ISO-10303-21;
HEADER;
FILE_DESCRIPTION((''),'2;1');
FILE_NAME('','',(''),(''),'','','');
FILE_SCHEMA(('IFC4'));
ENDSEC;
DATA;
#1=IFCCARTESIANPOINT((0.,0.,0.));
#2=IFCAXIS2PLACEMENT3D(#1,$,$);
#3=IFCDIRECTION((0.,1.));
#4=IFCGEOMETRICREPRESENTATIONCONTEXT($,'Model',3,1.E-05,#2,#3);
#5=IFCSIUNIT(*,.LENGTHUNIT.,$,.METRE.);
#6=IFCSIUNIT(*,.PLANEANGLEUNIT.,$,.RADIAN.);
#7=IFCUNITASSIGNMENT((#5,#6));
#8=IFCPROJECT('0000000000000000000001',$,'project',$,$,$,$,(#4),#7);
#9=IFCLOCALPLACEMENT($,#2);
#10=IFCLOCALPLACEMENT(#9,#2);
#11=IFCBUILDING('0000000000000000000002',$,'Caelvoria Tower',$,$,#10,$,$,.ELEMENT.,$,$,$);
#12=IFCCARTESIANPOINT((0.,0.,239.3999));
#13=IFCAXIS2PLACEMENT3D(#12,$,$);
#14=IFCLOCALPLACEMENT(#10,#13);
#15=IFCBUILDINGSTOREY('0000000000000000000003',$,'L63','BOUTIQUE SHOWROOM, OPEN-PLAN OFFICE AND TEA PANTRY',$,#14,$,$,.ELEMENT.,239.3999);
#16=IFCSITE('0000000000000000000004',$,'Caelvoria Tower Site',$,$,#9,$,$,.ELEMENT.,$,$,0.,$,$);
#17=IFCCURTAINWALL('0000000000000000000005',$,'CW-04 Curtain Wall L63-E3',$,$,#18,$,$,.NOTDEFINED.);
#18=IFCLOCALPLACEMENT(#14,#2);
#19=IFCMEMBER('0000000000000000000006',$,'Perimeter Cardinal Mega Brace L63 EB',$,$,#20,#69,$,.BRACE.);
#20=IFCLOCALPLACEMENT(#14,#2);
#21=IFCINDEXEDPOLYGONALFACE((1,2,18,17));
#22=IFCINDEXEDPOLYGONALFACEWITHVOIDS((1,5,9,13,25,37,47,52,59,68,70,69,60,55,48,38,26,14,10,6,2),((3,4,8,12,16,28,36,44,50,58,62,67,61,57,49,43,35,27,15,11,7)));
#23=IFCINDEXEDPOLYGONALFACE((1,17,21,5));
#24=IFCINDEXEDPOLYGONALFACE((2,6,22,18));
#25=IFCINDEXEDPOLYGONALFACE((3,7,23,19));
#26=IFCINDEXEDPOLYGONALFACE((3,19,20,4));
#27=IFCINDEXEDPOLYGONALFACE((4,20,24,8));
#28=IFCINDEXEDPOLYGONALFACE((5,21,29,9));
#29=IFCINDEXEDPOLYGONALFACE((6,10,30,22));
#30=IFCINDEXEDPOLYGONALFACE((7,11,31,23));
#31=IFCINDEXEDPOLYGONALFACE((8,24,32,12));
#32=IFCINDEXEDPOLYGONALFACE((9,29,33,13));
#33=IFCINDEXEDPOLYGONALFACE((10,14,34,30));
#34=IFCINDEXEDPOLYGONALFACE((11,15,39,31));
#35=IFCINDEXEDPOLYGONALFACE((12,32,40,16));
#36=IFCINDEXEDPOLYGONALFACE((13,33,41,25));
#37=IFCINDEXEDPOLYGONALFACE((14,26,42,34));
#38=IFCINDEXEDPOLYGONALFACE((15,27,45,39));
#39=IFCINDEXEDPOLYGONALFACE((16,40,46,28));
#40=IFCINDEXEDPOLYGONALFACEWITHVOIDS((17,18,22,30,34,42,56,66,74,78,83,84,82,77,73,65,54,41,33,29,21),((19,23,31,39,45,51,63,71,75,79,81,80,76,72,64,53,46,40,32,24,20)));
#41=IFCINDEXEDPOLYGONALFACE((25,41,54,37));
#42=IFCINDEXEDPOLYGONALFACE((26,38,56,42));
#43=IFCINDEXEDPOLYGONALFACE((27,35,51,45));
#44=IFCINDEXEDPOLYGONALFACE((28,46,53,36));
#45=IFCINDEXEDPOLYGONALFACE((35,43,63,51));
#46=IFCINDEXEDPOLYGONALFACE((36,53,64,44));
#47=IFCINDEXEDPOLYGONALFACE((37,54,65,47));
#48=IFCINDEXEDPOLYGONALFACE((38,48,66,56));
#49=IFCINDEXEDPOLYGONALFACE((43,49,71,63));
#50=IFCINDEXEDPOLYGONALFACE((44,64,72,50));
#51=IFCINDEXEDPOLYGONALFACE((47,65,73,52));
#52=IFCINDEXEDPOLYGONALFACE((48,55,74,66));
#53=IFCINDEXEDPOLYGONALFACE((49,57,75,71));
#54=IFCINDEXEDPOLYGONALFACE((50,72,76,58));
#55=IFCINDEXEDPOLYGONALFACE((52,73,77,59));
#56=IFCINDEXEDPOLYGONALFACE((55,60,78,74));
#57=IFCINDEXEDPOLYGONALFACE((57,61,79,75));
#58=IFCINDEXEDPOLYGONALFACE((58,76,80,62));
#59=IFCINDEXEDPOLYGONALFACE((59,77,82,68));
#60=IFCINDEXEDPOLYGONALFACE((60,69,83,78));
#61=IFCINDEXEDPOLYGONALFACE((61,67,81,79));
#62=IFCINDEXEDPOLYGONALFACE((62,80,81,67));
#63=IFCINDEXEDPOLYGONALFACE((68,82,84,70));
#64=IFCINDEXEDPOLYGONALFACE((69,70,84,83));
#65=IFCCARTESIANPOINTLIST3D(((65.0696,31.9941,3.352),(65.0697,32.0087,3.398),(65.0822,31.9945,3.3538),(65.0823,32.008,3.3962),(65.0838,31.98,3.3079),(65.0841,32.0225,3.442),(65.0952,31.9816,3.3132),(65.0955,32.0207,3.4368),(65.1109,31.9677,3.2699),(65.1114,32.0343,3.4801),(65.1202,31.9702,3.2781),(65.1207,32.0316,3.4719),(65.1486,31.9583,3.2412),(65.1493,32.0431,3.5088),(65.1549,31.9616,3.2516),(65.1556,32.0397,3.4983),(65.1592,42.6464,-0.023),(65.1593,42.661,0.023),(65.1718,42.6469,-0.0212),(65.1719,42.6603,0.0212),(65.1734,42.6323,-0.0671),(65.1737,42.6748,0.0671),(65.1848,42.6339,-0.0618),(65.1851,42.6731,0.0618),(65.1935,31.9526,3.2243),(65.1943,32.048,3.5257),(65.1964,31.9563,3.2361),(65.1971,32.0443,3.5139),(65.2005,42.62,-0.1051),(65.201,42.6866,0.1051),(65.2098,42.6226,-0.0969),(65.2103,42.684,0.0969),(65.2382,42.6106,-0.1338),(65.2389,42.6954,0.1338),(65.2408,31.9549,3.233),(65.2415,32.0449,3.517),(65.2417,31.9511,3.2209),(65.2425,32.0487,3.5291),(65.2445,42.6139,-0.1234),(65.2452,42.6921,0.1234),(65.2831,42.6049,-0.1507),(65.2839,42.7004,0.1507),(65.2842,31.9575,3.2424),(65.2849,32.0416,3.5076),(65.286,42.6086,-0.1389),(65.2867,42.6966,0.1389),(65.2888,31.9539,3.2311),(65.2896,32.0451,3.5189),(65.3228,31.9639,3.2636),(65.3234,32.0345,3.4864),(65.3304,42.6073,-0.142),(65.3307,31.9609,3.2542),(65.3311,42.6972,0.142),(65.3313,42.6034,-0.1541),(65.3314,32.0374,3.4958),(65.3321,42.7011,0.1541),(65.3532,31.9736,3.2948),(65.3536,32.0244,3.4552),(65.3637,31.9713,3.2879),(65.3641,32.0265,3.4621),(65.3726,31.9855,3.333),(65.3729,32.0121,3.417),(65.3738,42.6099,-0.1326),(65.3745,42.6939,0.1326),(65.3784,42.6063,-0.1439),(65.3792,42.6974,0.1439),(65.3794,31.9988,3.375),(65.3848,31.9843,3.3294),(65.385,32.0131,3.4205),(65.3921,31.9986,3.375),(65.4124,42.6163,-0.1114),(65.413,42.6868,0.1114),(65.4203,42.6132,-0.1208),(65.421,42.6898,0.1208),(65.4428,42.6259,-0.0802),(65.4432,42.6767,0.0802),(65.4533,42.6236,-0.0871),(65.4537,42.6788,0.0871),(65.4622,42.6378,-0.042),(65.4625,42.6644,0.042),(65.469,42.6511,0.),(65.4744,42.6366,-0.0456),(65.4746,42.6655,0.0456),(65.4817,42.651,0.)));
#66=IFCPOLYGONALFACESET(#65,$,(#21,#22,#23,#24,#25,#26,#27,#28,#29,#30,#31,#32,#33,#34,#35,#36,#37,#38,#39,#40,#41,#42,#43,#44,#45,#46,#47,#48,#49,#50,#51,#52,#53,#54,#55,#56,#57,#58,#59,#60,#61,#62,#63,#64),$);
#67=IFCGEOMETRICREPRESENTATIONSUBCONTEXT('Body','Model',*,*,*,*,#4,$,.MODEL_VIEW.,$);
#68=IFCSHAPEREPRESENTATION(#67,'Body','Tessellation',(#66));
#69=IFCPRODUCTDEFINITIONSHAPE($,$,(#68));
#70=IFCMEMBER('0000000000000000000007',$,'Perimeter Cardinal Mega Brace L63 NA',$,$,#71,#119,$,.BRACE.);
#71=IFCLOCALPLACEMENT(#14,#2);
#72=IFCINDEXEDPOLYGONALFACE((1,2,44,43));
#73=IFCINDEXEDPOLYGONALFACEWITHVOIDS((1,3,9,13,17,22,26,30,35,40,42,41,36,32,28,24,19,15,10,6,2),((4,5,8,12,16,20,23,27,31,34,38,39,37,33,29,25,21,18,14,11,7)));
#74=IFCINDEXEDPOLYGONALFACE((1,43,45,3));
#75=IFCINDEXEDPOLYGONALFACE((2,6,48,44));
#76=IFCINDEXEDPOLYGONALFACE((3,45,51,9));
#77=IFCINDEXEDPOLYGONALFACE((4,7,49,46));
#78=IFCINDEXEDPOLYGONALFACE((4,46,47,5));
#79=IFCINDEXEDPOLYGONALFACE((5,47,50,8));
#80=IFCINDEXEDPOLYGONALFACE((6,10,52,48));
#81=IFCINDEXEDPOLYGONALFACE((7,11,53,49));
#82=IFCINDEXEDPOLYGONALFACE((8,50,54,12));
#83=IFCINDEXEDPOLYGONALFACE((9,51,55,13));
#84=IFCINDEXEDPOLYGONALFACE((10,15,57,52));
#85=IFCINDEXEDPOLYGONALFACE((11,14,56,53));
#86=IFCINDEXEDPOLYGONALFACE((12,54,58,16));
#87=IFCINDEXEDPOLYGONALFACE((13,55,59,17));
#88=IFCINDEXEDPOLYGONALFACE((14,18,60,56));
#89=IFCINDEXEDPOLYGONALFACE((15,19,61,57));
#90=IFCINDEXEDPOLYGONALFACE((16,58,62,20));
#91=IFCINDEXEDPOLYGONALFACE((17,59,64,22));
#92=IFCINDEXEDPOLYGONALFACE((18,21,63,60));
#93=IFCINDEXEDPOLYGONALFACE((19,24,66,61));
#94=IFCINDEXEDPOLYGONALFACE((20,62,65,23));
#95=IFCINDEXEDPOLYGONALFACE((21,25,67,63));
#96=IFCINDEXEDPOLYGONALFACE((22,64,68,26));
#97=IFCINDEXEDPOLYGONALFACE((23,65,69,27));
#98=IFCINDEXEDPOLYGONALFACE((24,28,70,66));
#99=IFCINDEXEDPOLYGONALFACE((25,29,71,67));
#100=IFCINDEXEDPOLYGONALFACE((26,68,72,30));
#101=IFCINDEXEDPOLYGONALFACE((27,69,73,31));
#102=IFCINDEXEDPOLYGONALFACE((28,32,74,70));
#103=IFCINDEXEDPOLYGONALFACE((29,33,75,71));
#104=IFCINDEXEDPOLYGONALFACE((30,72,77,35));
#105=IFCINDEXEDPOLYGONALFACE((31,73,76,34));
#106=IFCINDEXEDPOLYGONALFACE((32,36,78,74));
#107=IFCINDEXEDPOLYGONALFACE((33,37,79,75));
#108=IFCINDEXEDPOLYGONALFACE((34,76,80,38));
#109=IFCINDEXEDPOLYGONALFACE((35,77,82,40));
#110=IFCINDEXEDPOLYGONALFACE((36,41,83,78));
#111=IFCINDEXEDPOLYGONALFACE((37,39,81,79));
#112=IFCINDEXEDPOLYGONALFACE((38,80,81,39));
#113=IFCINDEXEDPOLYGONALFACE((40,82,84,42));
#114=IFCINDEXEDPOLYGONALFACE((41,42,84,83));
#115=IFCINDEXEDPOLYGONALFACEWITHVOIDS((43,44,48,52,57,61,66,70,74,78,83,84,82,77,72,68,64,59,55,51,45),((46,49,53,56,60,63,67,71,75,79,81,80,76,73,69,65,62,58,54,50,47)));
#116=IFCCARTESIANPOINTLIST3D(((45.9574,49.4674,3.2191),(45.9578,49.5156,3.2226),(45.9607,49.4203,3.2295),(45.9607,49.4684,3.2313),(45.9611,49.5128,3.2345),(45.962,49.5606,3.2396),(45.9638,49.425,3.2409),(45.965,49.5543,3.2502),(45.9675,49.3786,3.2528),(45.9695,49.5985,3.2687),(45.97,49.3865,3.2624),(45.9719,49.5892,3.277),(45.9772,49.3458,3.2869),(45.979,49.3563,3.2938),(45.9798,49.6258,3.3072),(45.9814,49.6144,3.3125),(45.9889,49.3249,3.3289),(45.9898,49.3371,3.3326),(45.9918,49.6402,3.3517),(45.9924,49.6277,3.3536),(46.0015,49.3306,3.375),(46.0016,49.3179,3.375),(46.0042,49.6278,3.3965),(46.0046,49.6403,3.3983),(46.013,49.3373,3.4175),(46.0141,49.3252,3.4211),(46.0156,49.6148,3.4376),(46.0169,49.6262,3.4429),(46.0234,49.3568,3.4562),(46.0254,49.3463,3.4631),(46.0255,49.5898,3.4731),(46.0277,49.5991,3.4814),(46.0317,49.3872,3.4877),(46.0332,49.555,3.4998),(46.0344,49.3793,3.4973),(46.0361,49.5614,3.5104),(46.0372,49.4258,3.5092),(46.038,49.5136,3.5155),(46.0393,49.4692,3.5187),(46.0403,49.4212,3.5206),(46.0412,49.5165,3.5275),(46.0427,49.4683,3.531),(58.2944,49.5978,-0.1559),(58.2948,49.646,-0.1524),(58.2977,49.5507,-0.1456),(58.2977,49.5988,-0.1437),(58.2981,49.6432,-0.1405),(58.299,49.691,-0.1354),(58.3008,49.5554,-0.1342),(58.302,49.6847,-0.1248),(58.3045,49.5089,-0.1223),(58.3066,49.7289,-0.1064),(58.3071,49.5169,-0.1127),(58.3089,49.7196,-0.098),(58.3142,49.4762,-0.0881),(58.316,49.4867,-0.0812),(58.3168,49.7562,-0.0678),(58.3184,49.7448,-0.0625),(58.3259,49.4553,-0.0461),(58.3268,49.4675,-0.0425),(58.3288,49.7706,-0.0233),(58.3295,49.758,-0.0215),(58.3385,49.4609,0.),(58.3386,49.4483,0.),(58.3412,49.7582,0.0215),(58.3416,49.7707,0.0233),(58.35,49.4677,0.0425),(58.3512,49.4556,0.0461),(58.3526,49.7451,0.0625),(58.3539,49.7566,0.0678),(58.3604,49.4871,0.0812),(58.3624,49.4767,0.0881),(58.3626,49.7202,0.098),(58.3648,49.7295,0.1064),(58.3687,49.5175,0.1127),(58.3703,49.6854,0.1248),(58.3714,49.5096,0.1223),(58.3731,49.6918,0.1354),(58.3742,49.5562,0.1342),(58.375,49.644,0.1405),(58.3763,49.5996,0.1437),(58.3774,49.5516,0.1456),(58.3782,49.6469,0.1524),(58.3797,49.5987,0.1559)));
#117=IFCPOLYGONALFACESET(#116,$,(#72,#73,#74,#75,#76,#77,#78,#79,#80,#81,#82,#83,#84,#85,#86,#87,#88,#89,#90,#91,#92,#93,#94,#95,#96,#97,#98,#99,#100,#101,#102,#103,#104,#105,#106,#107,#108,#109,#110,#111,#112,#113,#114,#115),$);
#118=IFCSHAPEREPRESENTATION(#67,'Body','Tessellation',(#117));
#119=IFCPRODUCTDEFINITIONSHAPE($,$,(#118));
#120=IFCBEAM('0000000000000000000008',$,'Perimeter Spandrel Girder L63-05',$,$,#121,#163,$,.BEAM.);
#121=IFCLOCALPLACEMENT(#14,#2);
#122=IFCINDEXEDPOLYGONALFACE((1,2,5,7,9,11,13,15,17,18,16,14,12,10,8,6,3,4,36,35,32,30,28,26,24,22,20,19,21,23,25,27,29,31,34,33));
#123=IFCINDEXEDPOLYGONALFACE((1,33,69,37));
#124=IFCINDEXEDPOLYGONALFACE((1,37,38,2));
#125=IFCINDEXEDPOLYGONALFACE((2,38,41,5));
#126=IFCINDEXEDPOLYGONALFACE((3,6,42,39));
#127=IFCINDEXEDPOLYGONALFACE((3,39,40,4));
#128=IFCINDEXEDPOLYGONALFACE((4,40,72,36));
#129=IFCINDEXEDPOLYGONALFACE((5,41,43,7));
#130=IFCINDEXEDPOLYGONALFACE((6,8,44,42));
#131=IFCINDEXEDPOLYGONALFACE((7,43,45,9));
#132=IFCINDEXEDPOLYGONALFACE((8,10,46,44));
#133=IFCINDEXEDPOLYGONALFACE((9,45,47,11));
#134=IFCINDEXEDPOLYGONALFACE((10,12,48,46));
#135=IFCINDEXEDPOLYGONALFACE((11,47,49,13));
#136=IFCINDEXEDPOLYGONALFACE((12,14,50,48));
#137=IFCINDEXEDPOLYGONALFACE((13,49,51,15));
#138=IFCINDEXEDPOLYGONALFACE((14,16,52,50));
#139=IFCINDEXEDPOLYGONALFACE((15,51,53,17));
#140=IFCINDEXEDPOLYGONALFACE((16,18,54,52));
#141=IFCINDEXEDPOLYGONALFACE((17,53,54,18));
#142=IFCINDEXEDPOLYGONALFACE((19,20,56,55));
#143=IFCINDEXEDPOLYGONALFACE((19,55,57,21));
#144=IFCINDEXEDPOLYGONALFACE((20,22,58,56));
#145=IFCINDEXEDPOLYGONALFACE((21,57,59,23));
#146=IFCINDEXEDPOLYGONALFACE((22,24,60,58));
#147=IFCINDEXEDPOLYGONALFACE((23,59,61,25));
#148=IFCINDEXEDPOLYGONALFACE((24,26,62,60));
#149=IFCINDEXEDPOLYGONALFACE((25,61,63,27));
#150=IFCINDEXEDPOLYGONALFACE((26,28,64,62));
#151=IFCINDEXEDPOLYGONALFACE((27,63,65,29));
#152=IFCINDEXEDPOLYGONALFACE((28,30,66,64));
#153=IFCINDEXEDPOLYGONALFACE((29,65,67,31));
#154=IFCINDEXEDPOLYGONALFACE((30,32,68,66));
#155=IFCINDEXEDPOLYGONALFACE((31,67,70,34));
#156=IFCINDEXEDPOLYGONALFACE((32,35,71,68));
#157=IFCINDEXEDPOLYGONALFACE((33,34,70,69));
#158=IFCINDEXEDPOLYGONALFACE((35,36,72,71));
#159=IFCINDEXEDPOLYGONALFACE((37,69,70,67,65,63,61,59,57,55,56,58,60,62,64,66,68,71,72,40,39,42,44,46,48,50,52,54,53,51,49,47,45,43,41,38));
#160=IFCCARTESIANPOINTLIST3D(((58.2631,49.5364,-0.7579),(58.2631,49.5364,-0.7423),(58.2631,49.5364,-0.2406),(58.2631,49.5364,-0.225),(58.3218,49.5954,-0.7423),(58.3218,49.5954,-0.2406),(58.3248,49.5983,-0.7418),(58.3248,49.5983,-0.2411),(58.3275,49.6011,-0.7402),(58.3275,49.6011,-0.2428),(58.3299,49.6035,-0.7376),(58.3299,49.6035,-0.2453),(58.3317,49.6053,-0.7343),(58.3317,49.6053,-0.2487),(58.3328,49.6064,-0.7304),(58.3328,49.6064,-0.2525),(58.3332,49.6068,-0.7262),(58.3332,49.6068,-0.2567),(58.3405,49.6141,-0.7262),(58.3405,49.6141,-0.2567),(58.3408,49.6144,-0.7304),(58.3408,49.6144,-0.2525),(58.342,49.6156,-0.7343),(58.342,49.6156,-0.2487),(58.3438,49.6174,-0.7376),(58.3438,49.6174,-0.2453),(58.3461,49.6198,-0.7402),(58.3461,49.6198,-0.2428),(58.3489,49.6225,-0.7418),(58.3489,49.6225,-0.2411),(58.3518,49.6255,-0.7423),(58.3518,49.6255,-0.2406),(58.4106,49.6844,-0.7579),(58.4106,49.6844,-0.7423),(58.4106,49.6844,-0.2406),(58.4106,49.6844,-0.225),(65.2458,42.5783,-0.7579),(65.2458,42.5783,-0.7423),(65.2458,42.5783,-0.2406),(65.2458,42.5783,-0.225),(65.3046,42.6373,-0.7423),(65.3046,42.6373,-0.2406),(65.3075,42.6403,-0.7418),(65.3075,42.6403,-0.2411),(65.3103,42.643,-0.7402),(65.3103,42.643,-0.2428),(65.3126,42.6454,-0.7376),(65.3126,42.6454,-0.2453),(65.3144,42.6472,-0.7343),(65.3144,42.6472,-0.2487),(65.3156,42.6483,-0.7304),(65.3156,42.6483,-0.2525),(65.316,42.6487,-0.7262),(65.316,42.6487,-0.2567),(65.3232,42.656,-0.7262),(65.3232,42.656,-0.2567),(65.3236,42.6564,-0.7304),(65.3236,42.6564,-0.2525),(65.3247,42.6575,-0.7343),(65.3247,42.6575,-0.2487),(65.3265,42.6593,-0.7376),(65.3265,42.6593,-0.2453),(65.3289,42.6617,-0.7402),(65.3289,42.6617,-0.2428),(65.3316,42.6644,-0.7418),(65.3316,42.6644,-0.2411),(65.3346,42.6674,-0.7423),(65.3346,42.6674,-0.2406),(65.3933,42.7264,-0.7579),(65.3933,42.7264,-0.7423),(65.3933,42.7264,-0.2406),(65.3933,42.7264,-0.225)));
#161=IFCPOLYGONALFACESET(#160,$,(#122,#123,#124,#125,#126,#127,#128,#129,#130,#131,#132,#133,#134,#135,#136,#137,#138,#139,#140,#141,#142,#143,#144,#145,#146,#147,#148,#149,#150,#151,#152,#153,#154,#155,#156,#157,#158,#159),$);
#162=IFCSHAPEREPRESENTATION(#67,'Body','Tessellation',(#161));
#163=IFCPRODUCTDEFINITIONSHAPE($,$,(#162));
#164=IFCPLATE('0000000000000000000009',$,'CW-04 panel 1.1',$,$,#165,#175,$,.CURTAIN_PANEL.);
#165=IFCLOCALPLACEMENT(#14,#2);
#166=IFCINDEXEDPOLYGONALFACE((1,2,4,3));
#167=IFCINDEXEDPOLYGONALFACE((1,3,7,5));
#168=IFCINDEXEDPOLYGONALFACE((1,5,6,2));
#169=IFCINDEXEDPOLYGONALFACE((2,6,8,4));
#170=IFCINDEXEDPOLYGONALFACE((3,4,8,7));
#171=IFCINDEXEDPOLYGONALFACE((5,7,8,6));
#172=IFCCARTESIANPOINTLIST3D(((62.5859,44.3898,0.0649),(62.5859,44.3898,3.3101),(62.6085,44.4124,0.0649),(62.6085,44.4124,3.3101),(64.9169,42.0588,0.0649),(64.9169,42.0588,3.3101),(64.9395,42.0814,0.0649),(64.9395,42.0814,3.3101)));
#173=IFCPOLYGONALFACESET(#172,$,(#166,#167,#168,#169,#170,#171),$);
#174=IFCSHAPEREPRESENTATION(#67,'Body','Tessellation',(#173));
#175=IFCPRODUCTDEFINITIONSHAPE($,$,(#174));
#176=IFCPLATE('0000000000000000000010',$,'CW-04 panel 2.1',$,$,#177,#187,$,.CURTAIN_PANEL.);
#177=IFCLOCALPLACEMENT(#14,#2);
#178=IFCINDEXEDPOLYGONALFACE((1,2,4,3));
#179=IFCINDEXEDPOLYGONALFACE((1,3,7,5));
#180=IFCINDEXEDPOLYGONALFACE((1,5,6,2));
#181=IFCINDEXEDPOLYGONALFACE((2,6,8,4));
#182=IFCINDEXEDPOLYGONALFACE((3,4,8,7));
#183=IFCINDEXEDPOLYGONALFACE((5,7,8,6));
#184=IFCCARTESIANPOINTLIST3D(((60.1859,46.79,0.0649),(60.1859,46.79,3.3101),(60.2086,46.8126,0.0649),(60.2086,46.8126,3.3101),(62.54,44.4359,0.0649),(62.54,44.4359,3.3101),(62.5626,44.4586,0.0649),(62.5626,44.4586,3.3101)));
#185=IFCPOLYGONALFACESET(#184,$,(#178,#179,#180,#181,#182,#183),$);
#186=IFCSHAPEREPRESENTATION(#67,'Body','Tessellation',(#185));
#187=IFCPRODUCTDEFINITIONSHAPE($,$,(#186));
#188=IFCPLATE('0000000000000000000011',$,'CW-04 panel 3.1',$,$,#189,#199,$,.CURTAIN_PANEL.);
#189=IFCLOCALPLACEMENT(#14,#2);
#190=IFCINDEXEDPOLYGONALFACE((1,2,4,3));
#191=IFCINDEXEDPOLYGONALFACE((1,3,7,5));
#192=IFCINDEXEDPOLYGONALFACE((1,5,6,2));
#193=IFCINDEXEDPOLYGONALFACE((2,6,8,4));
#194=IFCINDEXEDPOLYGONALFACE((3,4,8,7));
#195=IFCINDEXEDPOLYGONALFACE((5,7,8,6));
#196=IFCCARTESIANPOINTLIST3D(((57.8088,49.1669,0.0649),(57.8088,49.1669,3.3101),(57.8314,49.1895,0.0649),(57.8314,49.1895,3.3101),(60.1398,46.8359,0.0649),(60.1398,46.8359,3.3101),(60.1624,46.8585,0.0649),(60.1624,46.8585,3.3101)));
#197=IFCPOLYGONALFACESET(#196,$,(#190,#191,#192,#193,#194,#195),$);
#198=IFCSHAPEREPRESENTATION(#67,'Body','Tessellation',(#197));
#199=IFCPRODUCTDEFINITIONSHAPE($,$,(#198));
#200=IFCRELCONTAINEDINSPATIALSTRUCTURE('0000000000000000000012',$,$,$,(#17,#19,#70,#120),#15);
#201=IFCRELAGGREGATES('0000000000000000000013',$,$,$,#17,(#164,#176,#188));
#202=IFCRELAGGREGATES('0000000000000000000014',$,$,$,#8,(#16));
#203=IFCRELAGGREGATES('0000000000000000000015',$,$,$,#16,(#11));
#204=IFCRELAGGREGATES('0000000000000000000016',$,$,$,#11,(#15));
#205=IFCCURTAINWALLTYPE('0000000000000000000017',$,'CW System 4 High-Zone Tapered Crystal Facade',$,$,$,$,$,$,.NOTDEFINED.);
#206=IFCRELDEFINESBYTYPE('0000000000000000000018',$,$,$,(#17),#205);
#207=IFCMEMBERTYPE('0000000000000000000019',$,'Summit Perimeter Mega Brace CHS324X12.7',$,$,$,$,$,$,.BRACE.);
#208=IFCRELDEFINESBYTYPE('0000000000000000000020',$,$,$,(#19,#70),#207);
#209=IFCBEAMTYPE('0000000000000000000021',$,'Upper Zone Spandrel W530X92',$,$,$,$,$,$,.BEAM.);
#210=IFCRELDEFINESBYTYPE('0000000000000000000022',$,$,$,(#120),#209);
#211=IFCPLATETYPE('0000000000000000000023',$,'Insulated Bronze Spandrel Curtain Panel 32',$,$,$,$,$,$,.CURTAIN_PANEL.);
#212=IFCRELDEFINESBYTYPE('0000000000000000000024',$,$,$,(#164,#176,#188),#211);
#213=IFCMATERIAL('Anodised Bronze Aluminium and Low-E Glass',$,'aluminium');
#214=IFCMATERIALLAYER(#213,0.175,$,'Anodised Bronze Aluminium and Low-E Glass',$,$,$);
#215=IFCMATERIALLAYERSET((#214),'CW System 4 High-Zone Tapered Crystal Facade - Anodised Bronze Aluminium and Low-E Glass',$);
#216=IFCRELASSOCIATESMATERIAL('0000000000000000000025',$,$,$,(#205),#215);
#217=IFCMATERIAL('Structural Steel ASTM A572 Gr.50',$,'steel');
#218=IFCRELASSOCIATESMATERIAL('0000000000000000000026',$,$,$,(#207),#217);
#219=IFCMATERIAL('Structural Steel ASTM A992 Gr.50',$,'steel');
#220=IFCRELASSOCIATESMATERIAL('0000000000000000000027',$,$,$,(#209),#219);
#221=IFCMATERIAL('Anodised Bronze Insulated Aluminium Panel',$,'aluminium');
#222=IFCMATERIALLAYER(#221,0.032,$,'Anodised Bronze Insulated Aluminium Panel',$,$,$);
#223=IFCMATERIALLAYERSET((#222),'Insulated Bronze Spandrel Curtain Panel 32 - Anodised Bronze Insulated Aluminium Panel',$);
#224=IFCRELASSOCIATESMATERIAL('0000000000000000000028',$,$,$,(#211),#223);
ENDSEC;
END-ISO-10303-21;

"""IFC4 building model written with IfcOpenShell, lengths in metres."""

from ifc_helpers import new_model, si_unit, direction, frame, origin, origin_2d, place, context, subcontext, project, spatial, rectangle, hollow_circle, i_section, extrude, material, layer, layer_set, material_profile, profile_set, type_object, element, aggregate, save


model = new_model("IFC4")

# Units and contexts
model_context = context("Model", 3, precision=1e-05, world=origin(), true_north=direction((0.0, 1.0)))
body_context = subcontext(model_context, "Body", "Model", "MODEL_VIEW")
ifc_project = project(units=[si_unit("LENGTHUNIT", "METRE"), si_unit("PLANEANGLEUNIT", "RADIAN")], contexts=[model_context])

# Site, building, storey
site_placement = place(None, origin())
site = spatial("IfcSite", under=ifc_project, at=site_placement, Name="Caelvoria Tower Site", CompositionType="ELEMENT", RefElevation=0.0)
building_placement = place(site_placement, origin())
building = spatial("IfcBuilding", under=site, at=building_placement, Name="Caelvoria Tower", CompositionType="ELEMENT")
storey_placement = place(building_placement, frame((0.0, 0.0, 239.3999)))
storey = spatial("IfcBuildingStorey", under=building, at=storey_placement, Name="L63", Description="BOUTIQUE SHOWROOM, OPEN-PLAN OFFICE AND TEA PANTRY", CompositionType="ELEMENT", Elevation=239.3999)

# Shared definitions
ifc_material_1 = material(Name="Anodised Bronze Aluminium and Low-E Glass", Category="aluminium")
ifc_layer_1 = layer(ifc_material_1, 0.175, Name="Anodised Bronze Aluminium and Low-E Glass")
ifc_layer_set_1 = layer_set([ifc_layer_1], Name="CW System 4 High-Zone Tapered Crystal Facade - Anodised Bronze Aluminium and Low-E Glass")
curtain_wall_type = type_object("IfcCurtainWallType", Name="CW System 4 High-Zone Tapered Crystal Facade", PredefinedType="NOTDEFINED", material=ifc_layer_set_1)

# Curtain wall
curtain_wall_1_placement = place(storey_placement, origin())
curtain_wall_1 = element("IfcCurtainWall", 1, at=curtain_wall_1_placement, inside=storey, type_object=curtain_wall_type, Name="CW-04 Curtain Wall L63-E3", PredefinedType="NOTDEFINED")

# Members
ifc_material_2 = material(Name="Structural Steel ASTM A572 Gr.50", Category="steel")
ifc_material_profile_1 = material_profile(ifc_material_2, hollow_circle(Radius=0.1621, WallThickness=0.0127, at=origin_2d()), Name="Structural Steel ASTM A572 Gr.50")
ifc_profile_set_1 = profile_set([ifc_material_profile_1], Name="CHS324X12.7 - Structural Steel ASTM A572 Gr.50")
member_type_1 = type_object("IfcMemberType", Name="Summit Perimeter Mega Brace CHS324X12.7", PredefinedType="BRACE", material=ifc_profile_set_1)
member_1_placement = place(storey_placement, frame((65.3196, 42.6523, 0.0), z_axis=(-0.008018, -0.953266, 0.302025), x_axis=(0.999965, -0.008411, 0.0)))
element("IfcMember", 2, at=member_1_placement, inside=storey, type_object=member_type_1, Name="Perimeter Cardinal Mega Brace L63 EB", PredefinedType="BRACE", context=body_context, shape_type="SweptSolid", body=[
    extrude(hollow_circle(Radius=0.1621, WallThickness=0.0127, at=origin_2d()), origin(), (0.0, 0.0, 1.0), 11.1746),
])
member_2_placement = place(storey_placement, frame((58.3369, 49.6104, 0.0), z_axis=(-0.964507, -0.010192, 0.26386), x_axis=(0.010567, -0.999944, 0.0)))
element("IfcMember", 3, at=member_2_placement, inside=storey, type_object=member_type_1, Name="Perimeter Cardinal Mega Brace L63 NA", PredefinedType="BRACE", context=body_context, shape_type="SweptSolid", body=[
    extrude(hollow_circle(Radius=0.1621, WallThickness=0.0127, at=origin_2d()), origin(), (0.0, 0.0, 1.0), 12.791),
])

# Beam
ifc_material_3 = material(Name="Structural Steel ASTM A992 Gr.50", Category="steel")
ifc_material_profile_2 = material_profile(ifc_material_3, i_section(OverallWidth=0.209, OverallDepth=0.533, WebThickness=0.0103, FlangeThickness=0.0156, FilletRadius=0.0161, at=origin_2d()), Name="Structural Steel ASTM A992 Gr.50")
ifc_profile_set_2 = profile_set([ifc_material_profile_2], Name="W530X92 - Structural Steel ASTM A992 Gr.50")
beam_type = type_object("IfcBeamType", Name="Upper Zone Spandrel W530X92", PredefinedType="BEAM", material=ifc_profile_set_2)
beam_placement = place(storey_placement, frame((65.3196, 42.6523, -0.4915), z_axis=(-0.708356, 0.705855, 0.0), x_axis=(-0.705855, -0.708356, 0.0)))
element("IfcBeam", 4, at=beam_placement, inside=storey, type_object=beam_type, Name="Perimeter Spandrel Girder L63-05", PredefinedType="BEAM", context=body_context, shape_type="SweptSolid", body=[
    extrude(i_section(OverallWidth=0.209, OverallDepth=0.533, WebThickness=0.0103, FlangeThickness=0.0156, FilletRadius=0.0161, at=origin_2d()), origin(), (0.0, 0.0, 1.0), 9.8577),
])

# Plates
ifc_material_4 = material(Name="Anodised Bronze Insulated Aluminium Panel", Category="aluminium")
ifc_layer_2 = layer(ifc_material_4, 0.032, Name="Anodised Bronze Insulated Aluminium Panel")
ifc_layer_set_2 = layer_set([ifc_layer_2], Name="Insulated Bronze Spandrel Curtain Panel 32 - Anodised Bronze Insulated Aluminium Panel")
plate_type_1 = type_object("IfcPlateType", Name="Insulated Bronze Spandrel Curtain Panel 32", PredefinedType="CURTAIN_PANEL", material=ifc_layer_set_2)
plate_1_placement = place(storey_placement, frame((63.7627, 43.2356, 0.0649), z_axis=(0.0, 0.0, 1.0), x_axis=(-0.707107, 0.707107, 0.0)))
plate_1 = element("IfcPlate", 5, at=plate_1_placement, type_object=plate_type_1, Name="CW-04 panel 1.1", PredefinedType="CURTAIN_PANEL", context=body_context, shape_type="SweptSolid", body=[
    extrude(rectangle(XDim=3.2966, YDim=0.032, at=origin_2d()), origin(), (0.0, 0.0, 1.0), 3.2451),
])
plate_2_placement = place(storey_placement, frame((61.3743, 45.6243, 0.0649), z_axis=(0.0, 0.0, 1.0), x_axis=(-0.707107, 0.707107, 0.0)))
plate_2 = element("IfcPlate", 6, at=plate_2_placement, type_object=plate_type_1, Name="CW-04 panel 2.1", PredefinedType="CURTAIN_PANEL", context=body_context, shape_type="SweptSolid", body=[
    extrude(rectangle(XDim=3.3291, YDim=0.032, at=origin_2d()), origin(), (0.0, 0.0, 1.0), 3.2451),
])
plate_3_placement = place(storey_placement, frame((58.9856, 48.0127, 0.0649), z_axis=(0.0, 0.0, 1.0), x_axis=(-0.707107, 0.707107, 0.0)))
plate_3 = element("IfcPlate", 7, at=plate_3_placement, type_object=plate_type_1, Name="CW-04 panel 3.1", PredefinedType="CURTAIN_PANEL", context=body_context, shape_type="SweptSolid", body=[
    extrude(rectangle(XDim=3.2966, YDim=0.032, at=origin_2d()), origin(), (0.0, 0.0, 1.0), 3.2451),
])
aggregate(curtain_wall_1, [plate_1, plate_2, plate_3])

save(model, "model.ifc")
